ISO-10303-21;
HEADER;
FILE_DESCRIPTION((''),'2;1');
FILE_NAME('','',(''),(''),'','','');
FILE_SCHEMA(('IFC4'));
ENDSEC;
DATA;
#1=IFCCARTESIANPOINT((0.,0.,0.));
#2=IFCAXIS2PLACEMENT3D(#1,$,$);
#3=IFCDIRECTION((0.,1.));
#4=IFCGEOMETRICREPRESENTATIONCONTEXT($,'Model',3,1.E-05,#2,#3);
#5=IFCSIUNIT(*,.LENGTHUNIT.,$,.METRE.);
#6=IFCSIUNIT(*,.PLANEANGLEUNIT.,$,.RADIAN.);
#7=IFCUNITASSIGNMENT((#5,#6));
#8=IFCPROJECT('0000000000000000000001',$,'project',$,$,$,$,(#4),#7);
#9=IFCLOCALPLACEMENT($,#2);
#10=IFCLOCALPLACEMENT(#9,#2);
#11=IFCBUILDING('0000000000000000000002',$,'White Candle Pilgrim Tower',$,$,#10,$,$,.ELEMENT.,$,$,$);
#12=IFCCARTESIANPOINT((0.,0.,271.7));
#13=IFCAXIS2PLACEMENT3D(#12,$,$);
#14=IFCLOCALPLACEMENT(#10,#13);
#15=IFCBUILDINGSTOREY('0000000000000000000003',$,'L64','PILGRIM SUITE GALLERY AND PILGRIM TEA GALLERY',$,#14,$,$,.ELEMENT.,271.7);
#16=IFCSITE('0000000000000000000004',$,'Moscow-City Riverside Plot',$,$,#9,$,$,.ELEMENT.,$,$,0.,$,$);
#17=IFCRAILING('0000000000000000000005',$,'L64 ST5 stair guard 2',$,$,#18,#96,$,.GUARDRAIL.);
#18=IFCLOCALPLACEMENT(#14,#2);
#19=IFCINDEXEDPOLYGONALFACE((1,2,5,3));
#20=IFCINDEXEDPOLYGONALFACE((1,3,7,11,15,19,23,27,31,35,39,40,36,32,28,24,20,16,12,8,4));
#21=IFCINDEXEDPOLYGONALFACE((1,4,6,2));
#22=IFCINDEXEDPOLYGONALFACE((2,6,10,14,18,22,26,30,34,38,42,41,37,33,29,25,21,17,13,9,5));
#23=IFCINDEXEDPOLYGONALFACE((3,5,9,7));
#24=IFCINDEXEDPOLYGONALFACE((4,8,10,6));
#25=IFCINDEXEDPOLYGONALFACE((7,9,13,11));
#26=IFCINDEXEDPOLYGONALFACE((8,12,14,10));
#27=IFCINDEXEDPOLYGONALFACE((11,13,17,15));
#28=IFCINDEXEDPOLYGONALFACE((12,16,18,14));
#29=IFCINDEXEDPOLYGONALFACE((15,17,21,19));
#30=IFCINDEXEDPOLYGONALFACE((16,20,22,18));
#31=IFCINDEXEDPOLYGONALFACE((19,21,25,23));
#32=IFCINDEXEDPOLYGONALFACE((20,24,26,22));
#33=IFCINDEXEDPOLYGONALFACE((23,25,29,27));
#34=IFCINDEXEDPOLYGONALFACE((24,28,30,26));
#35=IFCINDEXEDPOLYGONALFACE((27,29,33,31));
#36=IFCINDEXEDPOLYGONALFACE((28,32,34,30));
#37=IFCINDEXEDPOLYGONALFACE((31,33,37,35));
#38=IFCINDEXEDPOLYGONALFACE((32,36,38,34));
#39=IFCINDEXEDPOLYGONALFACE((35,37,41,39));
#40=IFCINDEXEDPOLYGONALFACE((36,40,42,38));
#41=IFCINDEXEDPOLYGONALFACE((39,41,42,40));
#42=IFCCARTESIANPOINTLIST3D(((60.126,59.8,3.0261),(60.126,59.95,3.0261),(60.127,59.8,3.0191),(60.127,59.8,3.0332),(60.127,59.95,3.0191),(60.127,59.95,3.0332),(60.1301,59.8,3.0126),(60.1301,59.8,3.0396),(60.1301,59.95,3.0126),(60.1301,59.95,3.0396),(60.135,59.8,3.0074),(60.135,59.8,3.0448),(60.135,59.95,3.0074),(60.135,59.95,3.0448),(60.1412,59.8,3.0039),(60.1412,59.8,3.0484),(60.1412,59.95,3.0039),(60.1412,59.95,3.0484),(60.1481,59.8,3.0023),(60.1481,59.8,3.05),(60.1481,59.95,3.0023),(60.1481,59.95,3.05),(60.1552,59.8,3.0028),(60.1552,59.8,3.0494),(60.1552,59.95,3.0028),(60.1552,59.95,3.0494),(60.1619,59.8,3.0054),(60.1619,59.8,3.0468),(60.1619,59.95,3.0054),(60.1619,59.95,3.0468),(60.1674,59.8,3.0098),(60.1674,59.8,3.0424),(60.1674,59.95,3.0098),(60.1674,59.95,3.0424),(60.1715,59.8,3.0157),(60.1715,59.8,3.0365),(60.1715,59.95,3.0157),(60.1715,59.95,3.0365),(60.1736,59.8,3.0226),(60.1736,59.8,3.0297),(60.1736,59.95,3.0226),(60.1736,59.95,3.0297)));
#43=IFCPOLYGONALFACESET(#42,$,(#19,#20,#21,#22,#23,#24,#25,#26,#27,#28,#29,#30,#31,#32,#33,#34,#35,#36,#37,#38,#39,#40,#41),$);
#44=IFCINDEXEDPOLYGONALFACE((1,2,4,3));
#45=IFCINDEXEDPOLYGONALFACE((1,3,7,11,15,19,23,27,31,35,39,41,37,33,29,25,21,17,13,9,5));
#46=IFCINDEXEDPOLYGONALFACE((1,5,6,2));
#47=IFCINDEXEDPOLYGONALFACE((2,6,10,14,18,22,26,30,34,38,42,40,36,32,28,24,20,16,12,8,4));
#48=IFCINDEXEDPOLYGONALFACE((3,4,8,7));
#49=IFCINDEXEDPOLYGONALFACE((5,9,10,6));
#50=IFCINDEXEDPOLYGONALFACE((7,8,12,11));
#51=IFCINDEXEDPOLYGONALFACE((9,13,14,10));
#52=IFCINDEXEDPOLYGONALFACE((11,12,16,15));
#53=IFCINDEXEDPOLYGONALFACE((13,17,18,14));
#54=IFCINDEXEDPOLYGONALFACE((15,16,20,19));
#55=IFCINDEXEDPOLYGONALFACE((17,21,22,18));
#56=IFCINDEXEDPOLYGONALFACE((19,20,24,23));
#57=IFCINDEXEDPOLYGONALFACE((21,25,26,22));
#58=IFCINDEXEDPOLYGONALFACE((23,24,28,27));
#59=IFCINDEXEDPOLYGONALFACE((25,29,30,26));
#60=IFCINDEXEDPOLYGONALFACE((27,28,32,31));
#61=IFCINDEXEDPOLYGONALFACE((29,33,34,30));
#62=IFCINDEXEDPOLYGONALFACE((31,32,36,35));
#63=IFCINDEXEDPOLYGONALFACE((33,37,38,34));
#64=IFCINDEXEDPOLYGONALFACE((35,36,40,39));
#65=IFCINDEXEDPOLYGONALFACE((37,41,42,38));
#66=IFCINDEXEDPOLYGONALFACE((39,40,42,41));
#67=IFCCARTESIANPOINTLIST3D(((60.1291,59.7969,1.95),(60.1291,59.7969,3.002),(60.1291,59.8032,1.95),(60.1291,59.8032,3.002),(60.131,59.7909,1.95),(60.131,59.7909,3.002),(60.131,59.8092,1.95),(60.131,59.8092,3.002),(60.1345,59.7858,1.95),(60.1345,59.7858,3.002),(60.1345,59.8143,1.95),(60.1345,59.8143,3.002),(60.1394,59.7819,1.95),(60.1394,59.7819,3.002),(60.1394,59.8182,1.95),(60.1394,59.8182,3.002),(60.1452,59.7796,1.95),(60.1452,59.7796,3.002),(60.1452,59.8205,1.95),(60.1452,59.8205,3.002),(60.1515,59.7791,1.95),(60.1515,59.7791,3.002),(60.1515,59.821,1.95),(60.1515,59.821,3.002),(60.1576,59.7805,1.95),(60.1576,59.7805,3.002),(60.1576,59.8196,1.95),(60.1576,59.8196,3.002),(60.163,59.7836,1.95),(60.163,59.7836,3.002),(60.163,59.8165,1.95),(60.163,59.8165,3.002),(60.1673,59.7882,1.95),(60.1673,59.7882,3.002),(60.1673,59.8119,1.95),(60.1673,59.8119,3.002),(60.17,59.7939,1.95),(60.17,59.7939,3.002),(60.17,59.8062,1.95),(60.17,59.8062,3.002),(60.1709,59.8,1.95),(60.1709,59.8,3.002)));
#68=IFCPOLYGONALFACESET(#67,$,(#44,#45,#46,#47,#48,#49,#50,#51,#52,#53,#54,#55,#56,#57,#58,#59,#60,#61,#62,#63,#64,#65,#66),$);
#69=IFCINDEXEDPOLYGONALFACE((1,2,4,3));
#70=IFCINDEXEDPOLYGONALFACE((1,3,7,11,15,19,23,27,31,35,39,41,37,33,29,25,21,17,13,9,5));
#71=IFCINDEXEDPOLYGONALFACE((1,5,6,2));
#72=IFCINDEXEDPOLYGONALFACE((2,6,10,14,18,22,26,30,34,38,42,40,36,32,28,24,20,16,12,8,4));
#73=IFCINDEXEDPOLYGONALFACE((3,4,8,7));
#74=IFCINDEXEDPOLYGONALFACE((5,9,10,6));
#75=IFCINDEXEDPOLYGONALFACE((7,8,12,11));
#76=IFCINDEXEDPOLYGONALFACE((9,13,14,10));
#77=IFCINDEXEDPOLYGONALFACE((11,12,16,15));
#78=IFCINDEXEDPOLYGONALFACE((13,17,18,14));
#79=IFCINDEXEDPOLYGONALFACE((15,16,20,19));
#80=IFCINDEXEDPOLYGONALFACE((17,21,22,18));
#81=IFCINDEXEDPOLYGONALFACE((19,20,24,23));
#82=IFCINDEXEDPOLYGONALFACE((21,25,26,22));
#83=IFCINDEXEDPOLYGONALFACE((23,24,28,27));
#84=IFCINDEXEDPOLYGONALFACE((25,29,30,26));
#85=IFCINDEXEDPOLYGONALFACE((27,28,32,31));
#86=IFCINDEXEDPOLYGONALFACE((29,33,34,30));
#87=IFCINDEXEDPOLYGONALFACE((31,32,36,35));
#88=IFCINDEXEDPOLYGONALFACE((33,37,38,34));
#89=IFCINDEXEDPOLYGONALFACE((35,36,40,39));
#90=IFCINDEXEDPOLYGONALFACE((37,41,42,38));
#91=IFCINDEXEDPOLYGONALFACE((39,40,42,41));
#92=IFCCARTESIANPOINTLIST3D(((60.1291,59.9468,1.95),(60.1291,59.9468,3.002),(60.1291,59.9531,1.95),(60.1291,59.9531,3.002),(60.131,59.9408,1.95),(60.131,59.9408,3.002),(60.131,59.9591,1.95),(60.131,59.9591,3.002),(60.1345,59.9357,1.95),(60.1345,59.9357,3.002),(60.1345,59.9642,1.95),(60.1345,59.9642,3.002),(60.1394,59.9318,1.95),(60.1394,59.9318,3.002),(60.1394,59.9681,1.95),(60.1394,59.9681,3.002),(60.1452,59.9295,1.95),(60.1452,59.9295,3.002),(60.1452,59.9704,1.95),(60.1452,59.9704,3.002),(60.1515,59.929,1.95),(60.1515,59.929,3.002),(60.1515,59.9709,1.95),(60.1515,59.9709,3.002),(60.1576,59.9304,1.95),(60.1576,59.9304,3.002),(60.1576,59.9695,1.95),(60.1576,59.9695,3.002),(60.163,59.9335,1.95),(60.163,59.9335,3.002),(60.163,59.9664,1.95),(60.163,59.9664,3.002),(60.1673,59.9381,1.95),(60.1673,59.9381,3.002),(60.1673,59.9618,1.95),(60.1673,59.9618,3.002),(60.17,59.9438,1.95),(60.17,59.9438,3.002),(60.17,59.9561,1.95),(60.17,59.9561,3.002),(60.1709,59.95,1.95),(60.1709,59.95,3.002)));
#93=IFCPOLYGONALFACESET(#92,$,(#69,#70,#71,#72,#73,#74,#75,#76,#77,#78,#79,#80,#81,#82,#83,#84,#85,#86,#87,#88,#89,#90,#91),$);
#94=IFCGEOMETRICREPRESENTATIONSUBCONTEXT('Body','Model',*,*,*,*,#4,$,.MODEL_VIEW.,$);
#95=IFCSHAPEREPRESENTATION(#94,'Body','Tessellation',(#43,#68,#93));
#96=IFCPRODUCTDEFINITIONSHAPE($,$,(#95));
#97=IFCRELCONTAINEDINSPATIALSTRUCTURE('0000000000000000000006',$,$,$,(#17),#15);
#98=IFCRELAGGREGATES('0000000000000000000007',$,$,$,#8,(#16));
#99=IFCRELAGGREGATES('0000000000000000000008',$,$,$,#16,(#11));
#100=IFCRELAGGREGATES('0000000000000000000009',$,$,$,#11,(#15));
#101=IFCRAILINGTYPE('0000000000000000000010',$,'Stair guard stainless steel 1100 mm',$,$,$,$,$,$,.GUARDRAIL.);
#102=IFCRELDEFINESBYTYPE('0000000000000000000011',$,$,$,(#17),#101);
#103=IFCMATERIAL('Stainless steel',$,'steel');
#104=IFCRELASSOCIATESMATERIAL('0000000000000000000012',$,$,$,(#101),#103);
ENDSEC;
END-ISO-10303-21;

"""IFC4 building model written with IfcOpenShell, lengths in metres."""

from ifc_helpers import new_model, si_unit, direction, frame, origin, origin_2d, place, context, subcontext, project, spatial, circle, extrude, material, type_object, element, save


model = new_model("IFC4")

# Units and contexts
model_context = context("Model", 3, precision=1e-05, world=origin(), true_north=direction((0.0, 1.0)))
body_context = subcontext(model_context, "Body", "Model", "MODEL_VIEW")
ifc_project = project(units=[si_unit("LENGTHUNIT", "METRE"), si_unit("PLANEANGLEUNIT", "RADIAN")], contexts=[model_context])

# Site, building, storey
site_placement = place(None, origin())
site = spatial("IfcSite", under=ifc_project, at=site_placement, Name="Moscow-City Riverside Plot", CompositionType="ELEMENT", RefElevation=0.0)
building_placement = place(site_placement, origin())
building = spatial("IfcBuilding", under=site, at=building_placement, Name="White Candle Pilgrim Tower", CompositionType="ELEMENT")
storey_placement = place(building_placement, frame((0.0, 0.0, 271.7)))
storey = spatial("IfcBuildingStorey", under=building, at=storey_placement, Name="L64", Description="PILGRIM SUITE GALLERY AND PILGRIM TEA GALLERY", CompositionType="ELEMENT", Elevation=271.7)

# Railing
ifc_material_1 = material(Name="Stainless steel", Category="steel")
railing_type = type_object("IfcRailingType", Name="Stair guard stainless steel 1100 mm", PredefinedType="GUARDRAIL", material=ifc_material_1)
railing_1_placement = place(storey_placement, frame((60.1499, 59.8, 1.95)))
element("IfcRailing", 1, at=railing_1_placement, inside=storey, type_object=railing_type, Name="L64 ST5 stair guard 2", PredefinedType="GUARDRAIL", context=body_context, shape_type="SweptSolid", body=[
    extrude(circle(Radius=0.0239, at=origin_2d()), frame((0.0, 0.0, 1.0762), z_axis=(0.0, 1.0, 0.0), x_axis=(-1.0, 0.0, 0.0)), (0.0, 0.0, 1.0), 0.1499),
    extrude(circle(Radius=0.021, at=origin_2d()), origin(), (0.0, 0.0, 1.0), 1.052),
    extrude(circle(Radius=0.021, at=origin_2d()), frame((0.0, 0.1499, 0.0)), (0.0, 0.0, 1.0), 1.052),
])

save(model, "model.ifc")
